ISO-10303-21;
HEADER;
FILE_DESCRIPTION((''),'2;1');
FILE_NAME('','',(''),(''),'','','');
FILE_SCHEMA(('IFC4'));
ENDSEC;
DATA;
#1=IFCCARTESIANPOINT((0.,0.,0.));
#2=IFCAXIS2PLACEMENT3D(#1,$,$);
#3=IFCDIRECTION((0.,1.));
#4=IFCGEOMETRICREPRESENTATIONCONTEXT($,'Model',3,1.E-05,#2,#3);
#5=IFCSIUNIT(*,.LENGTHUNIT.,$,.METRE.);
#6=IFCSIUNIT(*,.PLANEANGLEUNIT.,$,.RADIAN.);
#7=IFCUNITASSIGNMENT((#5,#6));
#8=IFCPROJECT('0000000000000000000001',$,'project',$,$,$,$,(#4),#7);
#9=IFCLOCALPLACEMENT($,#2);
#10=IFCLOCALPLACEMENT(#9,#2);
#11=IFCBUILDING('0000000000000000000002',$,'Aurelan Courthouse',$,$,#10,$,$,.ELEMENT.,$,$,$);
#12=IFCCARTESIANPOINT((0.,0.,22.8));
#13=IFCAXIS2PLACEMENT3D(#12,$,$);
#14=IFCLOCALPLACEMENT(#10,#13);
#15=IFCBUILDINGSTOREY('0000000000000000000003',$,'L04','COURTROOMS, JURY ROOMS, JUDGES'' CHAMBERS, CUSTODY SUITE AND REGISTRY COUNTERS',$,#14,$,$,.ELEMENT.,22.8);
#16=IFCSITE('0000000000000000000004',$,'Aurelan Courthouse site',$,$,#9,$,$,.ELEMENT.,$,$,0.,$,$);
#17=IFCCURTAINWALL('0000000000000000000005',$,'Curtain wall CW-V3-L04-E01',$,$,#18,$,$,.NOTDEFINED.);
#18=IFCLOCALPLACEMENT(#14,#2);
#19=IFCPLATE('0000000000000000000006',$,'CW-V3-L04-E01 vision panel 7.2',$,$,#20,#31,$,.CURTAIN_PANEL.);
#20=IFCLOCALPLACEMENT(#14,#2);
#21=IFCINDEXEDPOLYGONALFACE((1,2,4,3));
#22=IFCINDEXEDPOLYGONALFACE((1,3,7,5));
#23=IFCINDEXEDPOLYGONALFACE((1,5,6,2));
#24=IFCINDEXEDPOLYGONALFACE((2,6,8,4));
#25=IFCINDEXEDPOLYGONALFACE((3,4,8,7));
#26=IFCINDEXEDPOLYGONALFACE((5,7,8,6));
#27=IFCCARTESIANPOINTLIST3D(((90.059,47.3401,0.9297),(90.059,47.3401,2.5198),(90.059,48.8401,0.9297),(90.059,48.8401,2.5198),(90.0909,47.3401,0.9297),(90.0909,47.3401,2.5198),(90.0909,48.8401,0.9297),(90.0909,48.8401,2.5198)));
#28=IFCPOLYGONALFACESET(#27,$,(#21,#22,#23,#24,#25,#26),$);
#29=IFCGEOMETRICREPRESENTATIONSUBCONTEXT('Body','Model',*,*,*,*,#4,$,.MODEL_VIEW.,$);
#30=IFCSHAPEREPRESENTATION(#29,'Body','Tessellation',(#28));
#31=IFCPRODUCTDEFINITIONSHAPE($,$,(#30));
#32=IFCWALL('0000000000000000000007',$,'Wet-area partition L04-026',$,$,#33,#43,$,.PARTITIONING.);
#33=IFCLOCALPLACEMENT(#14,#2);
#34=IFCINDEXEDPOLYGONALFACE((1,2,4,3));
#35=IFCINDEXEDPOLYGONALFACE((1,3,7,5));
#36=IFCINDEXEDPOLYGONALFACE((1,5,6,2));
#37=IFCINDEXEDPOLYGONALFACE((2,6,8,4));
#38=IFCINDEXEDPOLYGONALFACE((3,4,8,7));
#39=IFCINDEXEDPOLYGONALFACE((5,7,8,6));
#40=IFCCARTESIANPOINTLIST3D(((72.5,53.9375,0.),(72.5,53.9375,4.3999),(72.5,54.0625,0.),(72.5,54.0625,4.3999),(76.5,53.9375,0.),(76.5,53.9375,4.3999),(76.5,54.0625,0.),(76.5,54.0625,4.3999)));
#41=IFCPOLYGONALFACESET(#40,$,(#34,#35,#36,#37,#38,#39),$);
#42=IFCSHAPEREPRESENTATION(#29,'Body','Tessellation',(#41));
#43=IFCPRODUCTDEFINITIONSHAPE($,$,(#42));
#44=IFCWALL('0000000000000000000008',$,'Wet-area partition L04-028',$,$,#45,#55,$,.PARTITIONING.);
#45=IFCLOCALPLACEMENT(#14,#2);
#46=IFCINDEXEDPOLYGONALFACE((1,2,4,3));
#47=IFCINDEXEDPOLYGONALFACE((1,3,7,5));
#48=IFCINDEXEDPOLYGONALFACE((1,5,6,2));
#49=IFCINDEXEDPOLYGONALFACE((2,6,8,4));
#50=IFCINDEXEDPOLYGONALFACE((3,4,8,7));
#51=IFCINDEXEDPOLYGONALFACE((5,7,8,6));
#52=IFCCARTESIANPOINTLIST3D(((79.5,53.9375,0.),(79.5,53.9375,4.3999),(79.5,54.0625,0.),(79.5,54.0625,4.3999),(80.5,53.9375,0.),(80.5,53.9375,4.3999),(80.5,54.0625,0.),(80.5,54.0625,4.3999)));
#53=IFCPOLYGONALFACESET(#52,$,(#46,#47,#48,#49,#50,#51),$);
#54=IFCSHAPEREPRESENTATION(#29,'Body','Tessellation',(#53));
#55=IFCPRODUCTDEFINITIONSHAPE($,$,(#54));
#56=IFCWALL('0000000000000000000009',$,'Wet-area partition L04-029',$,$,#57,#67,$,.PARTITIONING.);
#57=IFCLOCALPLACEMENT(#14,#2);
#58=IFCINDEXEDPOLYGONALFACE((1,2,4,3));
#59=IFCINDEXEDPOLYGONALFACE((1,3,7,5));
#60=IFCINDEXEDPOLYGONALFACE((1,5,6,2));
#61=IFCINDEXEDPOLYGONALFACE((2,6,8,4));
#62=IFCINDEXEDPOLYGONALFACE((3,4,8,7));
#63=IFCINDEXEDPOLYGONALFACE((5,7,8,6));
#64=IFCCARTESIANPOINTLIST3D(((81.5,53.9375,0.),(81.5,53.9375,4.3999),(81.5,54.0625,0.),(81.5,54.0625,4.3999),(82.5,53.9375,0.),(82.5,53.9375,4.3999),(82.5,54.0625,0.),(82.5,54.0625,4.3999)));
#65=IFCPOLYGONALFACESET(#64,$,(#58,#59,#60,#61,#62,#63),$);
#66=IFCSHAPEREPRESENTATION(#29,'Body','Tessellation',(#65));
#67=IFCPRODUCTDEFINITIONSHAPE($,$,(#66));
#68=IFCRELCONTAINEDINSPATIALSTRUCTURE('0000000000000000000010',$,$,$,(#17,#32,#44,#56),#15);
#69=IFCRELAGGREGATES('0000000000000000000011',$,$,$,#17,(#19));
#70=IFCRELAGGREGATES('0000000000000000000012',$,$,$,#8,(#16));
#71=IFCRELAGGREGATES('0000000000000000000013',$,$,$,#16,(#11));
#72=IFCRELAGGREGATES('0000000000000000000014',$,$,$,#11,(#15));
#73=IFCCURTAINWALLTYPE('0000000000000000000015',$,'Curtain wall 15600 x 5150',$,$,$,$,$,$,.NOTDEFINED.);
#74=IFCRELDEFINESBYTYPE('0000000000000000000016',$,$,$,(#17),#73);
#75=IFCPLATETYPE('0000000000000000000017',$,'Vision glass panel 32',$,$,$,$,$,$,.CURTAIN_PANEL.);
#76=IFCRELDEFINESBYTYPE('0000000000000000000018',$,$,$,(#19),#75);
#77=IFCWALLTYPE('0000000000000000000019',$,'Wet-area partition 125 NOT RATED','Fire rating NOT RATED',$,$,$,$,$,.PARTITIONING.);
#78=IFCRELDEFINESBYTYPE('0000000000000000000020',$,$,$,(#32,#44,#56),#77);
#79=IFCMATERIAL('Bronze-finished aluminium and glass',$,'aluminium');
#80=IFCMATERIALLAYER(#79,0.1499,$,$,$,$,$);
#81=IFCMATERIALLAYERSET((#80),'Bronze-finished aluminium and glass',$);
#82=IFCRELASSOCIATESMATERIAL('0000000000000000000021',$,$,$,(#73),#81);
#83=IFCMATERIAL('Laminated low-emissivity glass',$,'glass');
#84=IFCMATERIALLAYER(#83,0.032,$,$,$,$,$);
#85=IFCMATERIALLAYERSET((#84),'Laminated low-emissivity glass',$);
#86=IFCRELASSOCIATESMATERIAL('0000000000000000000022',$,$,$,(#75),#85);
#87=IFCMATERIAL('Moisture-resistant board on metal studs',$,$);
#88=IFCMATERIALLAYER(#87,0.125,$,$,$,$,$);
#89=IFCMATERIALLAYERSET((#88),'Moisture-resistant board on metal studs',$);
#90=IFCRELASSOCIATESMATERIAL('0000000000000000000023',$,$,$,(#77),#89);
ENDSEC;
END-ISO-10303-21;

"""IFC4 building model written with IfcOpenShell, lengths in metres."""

from ifc_helpers import new_model, si_unit, direction, frame, frame_2d, origin, origin_2d, place, context, subcontext, project, spatial, rectangle, extrude, material, layer, layer_set, type_object, element, aggregate, save


model = new_model("IFC4")

# Units and contexts
model_context = context("Model", 3, precision=1e-05, world=origin(), true_north=direction((0.0, 1.0)))
body_context = subcontext(model_context, "Body", "Model", "MODEL_VIEW")
ifc_project = project(units=[si_unit("LENGTHUNIT", "METRE"), si_unit("PLANEANGLEUNIT", "RADIAN")], contexts=[model_context])

# Site, building, storey
site_placement = place(None, origin())
site = spatial("IfcSite", under=ifc_project, at=site_placement, Name="Aurelan Courthouse site", CompositionType="ELEMENT", RefElevation=0.0)
building_placement = place(site_placement, origin())
building = spatial("IfcBuilding", under=site, at=building_placement, Name="Aurelan Courthouse", CompositionType="ELEMENT")
storey_placement = place(building_placement, frame((0.0, 0.0, 22.8)))
storey = spatial("IfcBuildingStorey", under=building, at=storey_placement, Name="L04", Description="COURTROOMS, JURY ROOMS, JUDGES' CHAMBERS, CUSTODY SUITE AND REGISTRY COUNTERS", CompositionType="ELEMENT", Elevation=22.8)

# Curtain wall
ifc_material_1 = material(Name="Bronze-finished aluminium and glass", Category="aluminium")
ifc_layer_1 = layer(ifc_material_1, 0.1499)
ifc_layer_set_1 = layer_set([ifc_layer_1], Name="Bronze-finished aluminium and glass")
curtain_wall_type = type_object("IfcCurtainWallType", Name="Curtain wall 15600 x 5150", PredefinedType="NOTDEFINED", material=ifc_layer_set_1)
curtain_wall_placement = place(storey_placement, origin())
curtain_wall = element("IfcCurtainWall", 1, at=curtain_wall_placement, inside=storey, type_object=curtain_wall_type, Name="Curtain wall CW-V3-L04-E01", PredefinedType="NOTDEFINED")

# Plate
ifc_material_2 = material(Name="Laminated low-emissivity glass", Category="glass")
ifc_layer_2 = layer(ifc_material_2, 0.032)
ifc_layer_set_2 = layer_set([ifc_layer_2], Name="Laminated low-emissivity glass")
plate_type_1 = type_object("IfcPlateType", Name="Vision glass panel 32", PredefinedType="CURTAIN_PANEL", material=ifc_layer_set_2)
plate_1_placement = place(storey_placement, frame((90.075, 48.0901, 0.9297), z_axis=(0.0, 0.0, 1.0), x_axis=(0.0, 1.0, 0.0)))
plate_1 = element("IfcPlate", 2, at=plate_1_placement, type_object=plate_type_1, Name="CW-V3-L04-E01 vision panel 7.2", PredefinedType="CURTAIN_PANEL", context=body_context, shape_type="SweptSolid", body=[
    extrude(rectangle(XDim=1.5, YDim=0.032, at=origin_2d()), origin(), (0.0, 0.0, 1.0), 1.5901),
])
aggregate(curtain_wall, [plate_1])

# Walls
ifc_material_3 = material(Name="Moisture-resistant board on metal studs")
ifc_layer_3 = layer(ifc_material_3, 0.125)
ifc_layer_set_3 = layer_set([ifc_layer_3], Name="Moisture-resistant board on metal studs")
wall_type_1 = type_object("IfcWallType", Name="Wet-area partition 125 NOT RATED", Description="Fire rating NOT RATED", PredefinedType="PARTITIONING", material=ifc_layer_set_3)
wall_1_placement = place(storey_placement, frame((72.5, 54.0, 0.0), z_axis=(0.0, 0.0, 1.0), x_axis=(1.0, 0.0, 0.0)))
element("IfcWall", 3, at=wall_1_placement, inside=storey, type_object=wall_type_1, Name="Wet-area partition L04-026", PredefinedType="PARTITIONING", context=body_context, shape_type="SweptSolid", body=[
    extrude(rectangle(XDim=4.0, YDim=0.125, at=frame_2d((2.0, 0.0))), origin(), (0.0, 0.0, 1.0), 4.3999),
])
for number, where, z_axis, x_axis, name in (
    (4, (79.5, 54.0, 0.0), (0.0, 0.0, 1.0), (1.0, 0.0, 0.0), "Wet-area partition L04-028"),
    (5, (81.5, 54.0, 0.0), (0.0, 0.0, 1.0), (1.0, 0.0, 0.0), "Wet-area partition L04-029"),
):
    element("IfcWall", number, at=place(storey_placement, frame(where, z_axis=z_axis, x_axis=x_axis)), inside=storey, type_object=wall_type_1, Name=name, PredefinedType="PARTITIONING", context=body_context, shape_type="SweptSolid", body=[
        extrude(rectangle(XDim=1.0, YDim=0.125, at=frame_2d((0.5, 0.0))), origin(), (0.0, 0.0, 1.0), 4.3999),
    ])

save(model, "model.ifc")
